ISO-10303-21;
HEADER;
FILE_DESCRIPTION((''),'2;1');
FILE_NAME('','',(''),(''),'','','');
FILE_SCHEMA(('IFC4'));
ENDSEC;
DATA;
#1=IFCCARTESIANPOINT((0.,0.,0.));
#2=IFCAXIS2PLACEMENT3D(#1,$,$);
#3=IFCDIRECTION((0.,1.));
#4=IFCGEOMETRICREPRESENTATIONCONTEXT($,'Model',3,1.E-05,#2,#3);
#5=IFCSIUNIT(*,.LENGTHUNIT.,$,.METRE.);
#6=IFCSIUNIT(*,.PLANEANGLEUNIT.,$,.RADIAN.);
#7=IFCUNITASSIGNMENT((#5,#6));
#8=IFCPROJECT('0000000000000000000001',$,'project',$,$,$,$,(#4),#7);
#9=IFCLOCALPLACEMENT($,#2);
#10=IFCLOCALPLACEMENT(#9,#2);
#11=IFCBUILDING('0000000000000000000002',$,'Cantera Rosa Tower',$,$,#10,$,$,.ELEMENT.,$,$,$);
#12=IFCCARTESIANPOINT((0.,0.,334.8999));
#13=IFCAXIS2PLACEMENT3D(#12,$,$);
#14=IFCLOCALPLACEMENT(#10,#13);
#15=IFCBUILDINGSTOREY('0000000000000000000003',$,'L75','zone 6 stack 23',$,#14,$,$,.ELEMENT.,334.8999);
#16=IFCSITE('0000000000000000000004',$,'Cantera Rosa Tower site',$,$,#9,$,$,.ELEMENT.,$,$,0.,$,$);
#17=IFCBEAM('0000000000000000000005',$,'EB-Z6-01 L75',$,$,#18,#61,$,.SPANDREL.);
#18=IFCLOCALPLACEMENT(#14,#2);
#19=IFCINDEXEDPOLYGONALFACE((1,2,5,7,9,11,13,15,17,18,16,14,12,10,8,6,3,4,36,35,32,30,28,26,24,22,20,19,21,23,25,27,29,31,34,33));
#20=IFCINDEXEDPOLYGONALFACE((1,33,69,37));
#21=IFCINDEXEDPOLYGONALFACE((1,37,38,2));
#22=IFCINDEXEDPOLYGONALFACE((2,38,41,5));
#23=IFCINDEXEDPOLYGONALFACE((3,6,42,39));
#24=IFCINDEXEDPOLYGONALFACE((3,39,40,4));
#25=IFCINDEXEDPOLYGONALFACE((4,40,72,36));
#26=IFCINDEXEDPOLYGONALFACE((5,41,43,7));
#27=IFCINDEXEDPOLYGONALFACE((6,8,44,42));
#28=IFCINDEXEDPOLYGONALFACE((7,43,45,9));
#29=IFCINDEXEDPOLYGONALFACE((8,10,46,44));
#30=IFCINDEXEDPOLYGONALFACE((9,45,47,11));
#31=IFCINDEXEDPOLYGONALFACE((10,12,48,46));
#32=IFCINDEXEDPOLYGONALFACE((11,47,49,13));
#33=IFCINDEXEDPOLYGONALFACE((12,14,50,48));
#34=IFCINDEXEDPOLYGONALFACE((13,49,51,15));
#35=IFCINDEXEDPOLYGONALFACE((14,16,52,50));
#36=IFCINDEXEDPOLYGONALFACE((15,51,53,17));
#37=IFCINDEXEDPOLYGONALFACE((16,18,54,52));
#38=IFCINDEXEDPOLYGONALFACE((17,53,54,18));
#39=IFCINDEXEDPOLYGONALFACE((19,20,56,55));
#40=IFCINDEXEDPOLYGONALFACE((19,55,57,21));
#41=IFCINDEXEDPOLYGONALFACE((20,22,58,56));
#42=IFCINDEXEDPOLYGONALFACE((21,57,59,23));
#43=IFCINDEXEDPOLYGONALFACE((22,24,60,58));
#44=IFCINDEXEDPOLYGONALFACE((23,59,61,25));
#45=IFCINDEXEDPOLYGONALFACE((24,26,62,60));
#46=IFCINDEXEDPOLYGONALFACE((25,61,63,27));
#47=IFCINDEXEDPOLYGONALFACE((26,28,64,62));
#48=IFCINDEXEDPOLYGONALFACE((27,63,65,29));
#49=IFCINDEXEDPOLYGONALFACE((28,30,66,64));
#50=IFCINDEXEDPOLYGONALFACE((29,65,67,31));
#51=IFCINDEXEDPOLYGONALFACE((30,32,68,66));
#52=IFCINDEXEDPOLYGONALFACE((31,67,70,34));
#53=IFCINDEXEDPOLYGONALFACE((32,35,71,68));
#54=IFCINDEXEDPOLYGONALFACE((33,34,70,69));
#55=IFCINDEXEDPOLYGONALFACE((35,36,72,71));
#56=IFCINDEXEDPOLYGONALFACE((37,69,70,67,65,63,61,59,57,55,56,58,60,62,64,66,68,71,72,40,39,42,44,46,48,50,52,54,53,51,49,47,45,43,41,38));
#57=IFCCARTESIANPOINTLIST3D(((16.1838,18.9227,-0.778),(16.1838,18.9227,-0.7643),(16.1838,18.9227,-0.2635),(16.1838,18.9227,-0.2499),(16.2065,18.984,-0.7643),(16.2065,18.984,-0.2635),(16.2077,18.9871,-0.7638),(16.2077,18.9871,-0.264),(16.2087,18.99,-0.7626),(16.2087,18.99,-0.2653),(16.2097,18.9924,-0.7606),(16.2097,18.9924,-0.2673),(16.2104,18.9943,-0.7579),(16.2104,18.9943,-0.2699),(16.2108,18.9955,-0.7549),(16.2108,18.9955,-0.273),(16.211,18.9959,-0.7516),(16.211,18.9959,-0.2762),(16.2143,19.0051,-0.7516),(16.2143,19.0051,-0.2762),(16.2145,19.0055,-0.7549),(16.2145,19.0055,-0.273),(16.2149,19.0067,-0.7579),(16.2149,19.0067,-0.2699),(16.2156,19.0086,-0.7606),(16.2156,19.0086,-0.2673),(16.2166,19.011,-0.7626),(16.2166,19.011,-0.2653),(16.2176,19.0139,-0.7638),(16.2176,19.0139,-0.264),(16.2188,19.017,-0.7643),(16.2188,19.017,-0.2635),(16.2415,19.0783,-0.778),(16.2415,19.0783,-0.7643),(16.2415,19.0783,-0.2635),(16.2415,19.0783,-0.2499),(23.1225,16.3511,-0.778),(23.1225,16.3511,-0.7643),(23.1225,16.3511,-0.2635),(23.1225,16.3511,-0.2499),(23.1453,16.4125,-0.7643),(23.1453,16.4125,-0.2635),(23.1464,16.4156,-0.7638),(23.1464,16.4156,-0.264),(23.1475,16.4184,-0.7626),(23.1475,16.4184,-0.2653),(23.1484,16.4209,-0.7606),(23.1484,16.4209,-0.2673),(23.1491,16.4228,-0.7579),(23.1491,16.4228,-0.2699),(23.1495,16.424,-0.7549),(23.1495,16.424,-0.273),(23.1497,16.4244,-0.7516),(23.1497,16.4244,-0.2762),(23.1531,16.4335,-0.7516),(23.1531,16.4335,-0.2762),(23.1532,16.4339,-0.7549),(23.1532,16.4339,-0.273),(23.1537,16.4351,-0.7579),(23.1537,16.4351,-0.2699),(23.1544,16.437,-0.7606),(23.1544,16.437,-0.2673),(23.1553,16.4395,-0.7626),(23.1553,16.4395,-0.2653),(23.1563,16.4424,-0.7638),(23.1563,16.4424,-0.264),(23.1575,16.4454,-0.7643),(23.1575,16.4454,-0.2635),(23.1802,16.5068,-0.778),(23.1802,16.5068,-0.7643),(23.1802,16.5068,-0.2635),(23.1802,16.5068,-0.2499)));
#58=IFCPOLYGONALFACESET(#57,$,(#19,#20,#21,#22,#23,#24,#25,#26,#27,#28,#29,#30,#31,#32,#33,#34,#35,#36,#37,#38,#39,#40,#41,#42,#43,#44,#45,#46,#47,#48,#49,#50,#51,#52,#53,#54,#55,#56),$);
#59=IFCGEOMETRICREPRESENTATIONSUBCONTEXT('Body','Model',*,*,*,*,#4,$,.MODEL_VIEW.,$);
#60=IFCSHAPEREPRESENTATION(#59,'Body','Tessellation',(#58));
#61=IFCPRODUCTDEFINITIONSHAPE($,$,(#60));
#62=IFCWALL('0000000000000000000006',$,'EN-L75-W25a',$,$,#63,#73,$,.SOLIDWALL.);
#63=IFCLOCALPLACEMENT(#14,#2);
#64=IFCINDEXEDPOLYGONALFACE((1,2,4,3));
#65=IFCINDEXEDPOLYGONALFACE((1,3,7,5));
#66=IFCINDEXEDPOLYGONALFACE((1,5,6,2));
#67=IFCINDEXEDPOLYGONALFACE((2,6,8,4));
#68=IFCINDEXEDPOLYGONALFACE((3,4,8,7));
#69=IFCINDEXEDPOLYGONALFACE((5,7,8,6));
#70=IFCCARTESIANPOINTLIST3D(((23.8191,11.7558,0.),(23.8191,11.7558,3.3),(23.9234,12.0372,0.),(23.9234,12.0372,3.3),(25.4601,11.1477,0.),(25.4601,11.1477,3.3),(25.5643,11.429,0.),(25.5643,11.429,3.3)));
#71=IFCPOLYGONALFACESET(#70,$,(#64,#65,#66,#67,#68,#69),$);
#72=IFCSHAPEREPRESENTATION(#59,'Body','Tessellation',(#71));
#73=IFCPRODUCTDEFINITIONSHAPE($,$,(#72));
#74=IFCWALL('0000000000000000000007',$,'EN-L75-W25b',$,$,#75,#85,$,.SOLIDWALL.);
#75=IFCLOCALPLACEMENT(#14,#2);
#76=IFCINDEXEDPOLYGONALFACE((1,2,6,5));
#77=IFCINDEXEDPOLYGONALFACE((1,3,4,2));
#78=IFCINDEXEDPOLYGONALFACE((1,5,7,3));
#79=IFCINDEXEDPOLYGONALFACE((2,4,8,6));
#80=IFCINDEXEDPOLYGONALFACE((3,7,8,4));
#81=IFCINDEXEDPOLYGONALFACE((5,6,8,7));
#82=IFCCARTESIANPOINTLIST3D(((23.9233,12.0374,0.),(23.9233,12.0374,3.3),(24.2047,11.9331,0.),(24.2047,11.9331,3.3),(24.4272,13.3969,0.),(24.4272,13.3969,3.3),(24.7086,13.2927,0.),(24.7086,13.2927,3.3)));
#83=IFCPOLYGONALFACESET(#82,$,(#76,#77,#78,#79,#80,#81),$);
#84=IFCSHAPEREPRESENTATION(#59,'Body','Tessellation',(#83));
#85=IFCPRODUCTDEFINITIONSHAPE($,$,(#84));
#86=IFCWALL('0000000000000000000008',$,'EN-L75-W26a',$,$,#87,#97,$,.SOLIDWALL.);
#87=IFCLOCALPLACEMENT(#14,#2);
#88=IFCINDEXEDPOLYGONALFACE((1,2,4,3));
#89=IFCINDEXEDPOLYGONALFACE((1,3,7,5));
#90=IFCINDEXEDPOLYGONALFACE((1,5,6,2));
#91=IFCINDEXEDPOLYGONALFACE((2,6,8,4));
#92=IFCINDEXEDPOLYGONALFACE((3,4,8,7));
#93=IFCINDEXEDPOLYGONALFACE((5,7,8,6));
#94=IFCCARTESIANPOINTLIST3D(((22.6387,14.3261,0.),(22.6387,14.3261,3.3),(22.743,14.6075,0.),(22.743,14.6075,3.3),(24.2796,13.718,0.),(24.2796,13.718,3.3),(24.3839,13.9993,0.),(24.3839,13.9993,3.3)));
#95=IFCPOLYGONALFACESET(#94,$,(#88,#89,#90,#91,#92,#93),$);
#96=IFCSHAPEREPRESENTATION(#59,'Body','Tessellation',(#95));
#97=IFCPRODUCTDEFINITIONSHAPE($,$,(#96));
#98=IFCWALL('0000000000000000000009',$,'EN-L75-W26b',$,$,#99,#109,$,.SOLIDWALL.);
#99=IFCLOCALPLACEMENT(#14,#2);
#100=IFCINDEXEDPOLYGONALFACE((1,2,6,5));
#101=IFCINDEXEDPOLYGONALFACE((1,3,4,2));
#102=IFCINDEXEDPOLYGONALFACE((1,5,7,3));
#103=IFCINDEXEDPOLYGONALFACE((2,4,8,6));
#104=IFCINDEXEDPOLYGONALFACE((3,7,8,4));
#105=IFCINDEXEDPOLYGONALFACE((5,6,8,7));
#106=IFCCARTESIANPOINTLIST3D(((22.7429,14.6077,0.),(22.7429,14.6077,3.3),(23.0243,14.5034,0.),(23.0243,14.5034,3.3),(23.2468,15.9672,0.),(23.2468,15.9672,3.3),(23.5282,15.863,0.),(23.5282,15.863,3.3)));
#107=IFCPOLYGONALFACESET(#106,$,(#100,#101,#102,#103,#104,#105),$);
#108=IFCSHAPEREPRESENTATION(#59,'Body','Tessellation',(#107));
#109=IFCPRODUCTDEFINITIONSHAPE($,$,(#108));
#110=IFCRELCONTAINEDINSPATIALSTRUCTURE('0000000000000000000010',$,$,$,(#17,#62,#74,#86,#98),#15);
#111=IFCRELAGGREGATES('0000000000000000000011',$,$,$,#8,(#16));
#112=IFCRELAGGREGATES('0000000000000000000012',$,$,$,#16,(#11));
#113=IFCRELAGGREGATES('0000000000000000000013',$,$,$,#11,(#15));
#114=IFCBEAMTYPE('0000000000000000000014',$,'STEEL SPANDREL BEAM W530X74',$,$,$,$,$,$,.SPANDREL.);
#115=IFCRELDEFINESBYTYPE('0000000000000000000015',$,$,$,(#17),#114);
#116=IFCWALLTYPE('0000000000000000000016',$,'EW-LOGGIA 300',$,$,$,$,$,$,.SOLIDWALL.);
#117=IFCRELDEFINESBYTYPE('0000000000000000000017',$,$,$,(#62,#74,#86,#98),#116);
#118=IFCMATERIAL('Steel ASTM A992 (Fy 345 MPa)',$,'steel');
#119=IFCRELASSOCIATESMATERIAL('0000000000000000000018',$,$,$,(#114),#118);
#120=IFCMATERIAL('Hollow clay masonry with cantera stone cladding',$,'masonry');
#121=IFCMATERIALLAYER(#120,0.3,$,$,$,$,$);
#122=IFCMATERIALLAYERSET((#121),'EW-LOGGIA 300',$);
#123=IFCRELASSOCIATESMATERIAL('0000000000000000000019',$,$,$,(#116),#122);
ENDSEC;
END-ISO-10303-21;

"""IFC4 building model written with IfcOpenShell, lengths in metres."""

from ifc_helpers import new_model, si_unit, direction, frame, frame_2d, origin, origin_2d, place, context, subcontext, project, spatial, rectangle, i_section, extrude, material, layer, layer_set, material_profile, profile_set, type_object, element, save


model = new_model("IFC4")

# Units and contexts
model_context = context("Model", 3, precision=1e-05, world=origin(), true_north=direction((0.0, 1.0)))
body_context = subcontext(model_context, "Body", "Model", "MODEL_VIEW")
ifc_project = project(units=[si_unit("LENGTHUNIT", "METRE"), si_unit("PLANEANGLEUNIT", "RADIAN")], contexts=[model_context])

# Site, building, storey
site_placement = place(None, origin())
site = spatial("IfcSite", under=ifc_project, at=site_placement, Name="Cantera Rosa Tower site", CompositionType="ELEMENT", RefElevation=0.0)
building_placement = place(site_placement, origin())
building = spatial("IfcBuilding", under=site, at=building_placement, Name="Cantera Rosa Tower", CompositionType="ELEMENT")
storey_placement = place(building_placement, frame((0.0, 0.0, 334.8999)))
storey = spatial("IfcBuildingStorey", under=building, at=storey_placement, Name="L75", Description="zone 6 stack 23", CompositionType="ELEMENT", Elevation=334.8999)

# Beam
ifc_material_1 = material(Name="Steel ASTM A992 (Fy 345 MPa)", Category="steel")
ifc_material_profile_1 = material_profile(ifc_material_1, i_section(OverallWidth=0.166, OverallDepth=0.5281, WebThickness=0.0098, FlangeThickness=0.0137, FilletRadius=0.0127, at=origin_2d()), Name="W530X74")
ifc_profile_set_1 = profile_set([ifc_material_profile_1], Name="Steel ASTM A992 (Fy 345 MPa)")
beam_type_1 = type_object("IfcBeamType", Name="STEEL SPANDREL BEAM W530X74", PredefinedType="SPANDREL", material=ifc_profile_set_1)
beam_1_placement = place(storey_placement, frame((23.1514, 16.429, -0.5139), z_axis=(-0.937677, 0.347509, 0.0), x_axis=(-0.347509, -0.937677, 0.0)))
element("IfcBeam", 1, at=beam_1_placement, inside=storey, type_object=beam_type_1, Name="EB-Z6-01 L75", PredefinedType="SPANDREL", context=body_context, shape_type="SweptSolid", body=[
    extrude(i_section(OverallWidth=0.166, OverallDepth=0.5281, WebThickness=0.0098, FlangeThickness=0.0137, FilletRadius=0.0127, at=origin_2d()), origin(), (0.0, 0.0, 1.0), 7.3999),
])

# Walls
ifc_material_2 = material(Name="Hollow clay masonry with cantera stone cladding", Category="masonry")
ifc_layer_1 = layer(ifc_material_2, 0.3)
ifc_layer_set_1 = layer_set([ifc_layer_1], Name="EW-LOGGIA 300")
wall_type_1 = type_object("IfcWallType", Name="EW-LOGGIA 300", PredefinedType="SOLIDWALL", material=ifc_layer_set_1)
wall_1_placement = place(storey_placement, frame((25.5122, 11.2883, 0.0), z_axis=(0.0, 0.0, 1.0), x_axis=(-0.93767, 0.347528, 0.0)))
element("IfcWall", 2, at=wall_1_placement, inside=storey, type_object=wall_type_1, Name="EN-L75-W25a", PredefinedType="SOLIDWALL", context=body_context, shape_type="SweptSolid", body=[
    extrude(rectangle(XDim=1.75, YDim=0.3, at=frame_2d((0.875, 0.0))), origin(), (0.0, 0.0, 1.0), 3.3),
])
wall_2_placement = place(storey_placement, frame((24.064, 11.9851, 0.0), z_axis=(0.0, 0.0, 1.0), x_axis=(0.347523, 0.937672, 0.0)))
element("IfcWall", 3, at=wall_2_placement, inside=storey, type_object=wall_type_1, Name="EN-L75-W25b", PredefinedType="SOLIDWALL", context=body_context, shape_type="SweptSolid", body=[
    extrude(rectangle(XDim=1.45, YDim=0.3, at=frame_2d((0.7251, 0.0))), origin(), (0.0, 0.0, 1.0), 3.3),
])
wall_3_placement = place(storey_placement, frame((24.3318, 13.8586, 0.0), z_axis=(0.0, 0.0, 1.0), x_axis=(-0.93767, 0.347528, 0.0)))
element("IfcWall", 4, at=wall_3_placement, inside=storey, type_object=wall_type_1, Name="EN-L75-W26a", PredefinedType="SOLIDWALL", context=body_context, shape_type="SweptSolid", body=[
    extrude(rectangle(XDim=1.75, YDim=0.3, at=frame_2d((0.875, 0.0))), origin(), (0.0, 0.0, 1.0), 3.3),
])
wall_4_placement = place(storey_placement, frame((22.8835, 14.5554, 0.0), z_axis=(0.0, 0.0, 1.0), x_axis=(0.347523, 0.937672, 0.0)))
element("IfcWall", 5, at=wall_4_placement, inside=storey, type_object=wall_type_1, Name="EN-L75-W26b", PredefinedType="SOLIDWALL", context=body_context, shape_type="SweptSolid", body=[
    extrude(rectangle(XDim=1.45, YDim=0.3, at=frame_2d((0.7251, 0.0))), origin(), (0.0, 0.0, 1.0), 3.3),
])

save(model, "model.ifc")
